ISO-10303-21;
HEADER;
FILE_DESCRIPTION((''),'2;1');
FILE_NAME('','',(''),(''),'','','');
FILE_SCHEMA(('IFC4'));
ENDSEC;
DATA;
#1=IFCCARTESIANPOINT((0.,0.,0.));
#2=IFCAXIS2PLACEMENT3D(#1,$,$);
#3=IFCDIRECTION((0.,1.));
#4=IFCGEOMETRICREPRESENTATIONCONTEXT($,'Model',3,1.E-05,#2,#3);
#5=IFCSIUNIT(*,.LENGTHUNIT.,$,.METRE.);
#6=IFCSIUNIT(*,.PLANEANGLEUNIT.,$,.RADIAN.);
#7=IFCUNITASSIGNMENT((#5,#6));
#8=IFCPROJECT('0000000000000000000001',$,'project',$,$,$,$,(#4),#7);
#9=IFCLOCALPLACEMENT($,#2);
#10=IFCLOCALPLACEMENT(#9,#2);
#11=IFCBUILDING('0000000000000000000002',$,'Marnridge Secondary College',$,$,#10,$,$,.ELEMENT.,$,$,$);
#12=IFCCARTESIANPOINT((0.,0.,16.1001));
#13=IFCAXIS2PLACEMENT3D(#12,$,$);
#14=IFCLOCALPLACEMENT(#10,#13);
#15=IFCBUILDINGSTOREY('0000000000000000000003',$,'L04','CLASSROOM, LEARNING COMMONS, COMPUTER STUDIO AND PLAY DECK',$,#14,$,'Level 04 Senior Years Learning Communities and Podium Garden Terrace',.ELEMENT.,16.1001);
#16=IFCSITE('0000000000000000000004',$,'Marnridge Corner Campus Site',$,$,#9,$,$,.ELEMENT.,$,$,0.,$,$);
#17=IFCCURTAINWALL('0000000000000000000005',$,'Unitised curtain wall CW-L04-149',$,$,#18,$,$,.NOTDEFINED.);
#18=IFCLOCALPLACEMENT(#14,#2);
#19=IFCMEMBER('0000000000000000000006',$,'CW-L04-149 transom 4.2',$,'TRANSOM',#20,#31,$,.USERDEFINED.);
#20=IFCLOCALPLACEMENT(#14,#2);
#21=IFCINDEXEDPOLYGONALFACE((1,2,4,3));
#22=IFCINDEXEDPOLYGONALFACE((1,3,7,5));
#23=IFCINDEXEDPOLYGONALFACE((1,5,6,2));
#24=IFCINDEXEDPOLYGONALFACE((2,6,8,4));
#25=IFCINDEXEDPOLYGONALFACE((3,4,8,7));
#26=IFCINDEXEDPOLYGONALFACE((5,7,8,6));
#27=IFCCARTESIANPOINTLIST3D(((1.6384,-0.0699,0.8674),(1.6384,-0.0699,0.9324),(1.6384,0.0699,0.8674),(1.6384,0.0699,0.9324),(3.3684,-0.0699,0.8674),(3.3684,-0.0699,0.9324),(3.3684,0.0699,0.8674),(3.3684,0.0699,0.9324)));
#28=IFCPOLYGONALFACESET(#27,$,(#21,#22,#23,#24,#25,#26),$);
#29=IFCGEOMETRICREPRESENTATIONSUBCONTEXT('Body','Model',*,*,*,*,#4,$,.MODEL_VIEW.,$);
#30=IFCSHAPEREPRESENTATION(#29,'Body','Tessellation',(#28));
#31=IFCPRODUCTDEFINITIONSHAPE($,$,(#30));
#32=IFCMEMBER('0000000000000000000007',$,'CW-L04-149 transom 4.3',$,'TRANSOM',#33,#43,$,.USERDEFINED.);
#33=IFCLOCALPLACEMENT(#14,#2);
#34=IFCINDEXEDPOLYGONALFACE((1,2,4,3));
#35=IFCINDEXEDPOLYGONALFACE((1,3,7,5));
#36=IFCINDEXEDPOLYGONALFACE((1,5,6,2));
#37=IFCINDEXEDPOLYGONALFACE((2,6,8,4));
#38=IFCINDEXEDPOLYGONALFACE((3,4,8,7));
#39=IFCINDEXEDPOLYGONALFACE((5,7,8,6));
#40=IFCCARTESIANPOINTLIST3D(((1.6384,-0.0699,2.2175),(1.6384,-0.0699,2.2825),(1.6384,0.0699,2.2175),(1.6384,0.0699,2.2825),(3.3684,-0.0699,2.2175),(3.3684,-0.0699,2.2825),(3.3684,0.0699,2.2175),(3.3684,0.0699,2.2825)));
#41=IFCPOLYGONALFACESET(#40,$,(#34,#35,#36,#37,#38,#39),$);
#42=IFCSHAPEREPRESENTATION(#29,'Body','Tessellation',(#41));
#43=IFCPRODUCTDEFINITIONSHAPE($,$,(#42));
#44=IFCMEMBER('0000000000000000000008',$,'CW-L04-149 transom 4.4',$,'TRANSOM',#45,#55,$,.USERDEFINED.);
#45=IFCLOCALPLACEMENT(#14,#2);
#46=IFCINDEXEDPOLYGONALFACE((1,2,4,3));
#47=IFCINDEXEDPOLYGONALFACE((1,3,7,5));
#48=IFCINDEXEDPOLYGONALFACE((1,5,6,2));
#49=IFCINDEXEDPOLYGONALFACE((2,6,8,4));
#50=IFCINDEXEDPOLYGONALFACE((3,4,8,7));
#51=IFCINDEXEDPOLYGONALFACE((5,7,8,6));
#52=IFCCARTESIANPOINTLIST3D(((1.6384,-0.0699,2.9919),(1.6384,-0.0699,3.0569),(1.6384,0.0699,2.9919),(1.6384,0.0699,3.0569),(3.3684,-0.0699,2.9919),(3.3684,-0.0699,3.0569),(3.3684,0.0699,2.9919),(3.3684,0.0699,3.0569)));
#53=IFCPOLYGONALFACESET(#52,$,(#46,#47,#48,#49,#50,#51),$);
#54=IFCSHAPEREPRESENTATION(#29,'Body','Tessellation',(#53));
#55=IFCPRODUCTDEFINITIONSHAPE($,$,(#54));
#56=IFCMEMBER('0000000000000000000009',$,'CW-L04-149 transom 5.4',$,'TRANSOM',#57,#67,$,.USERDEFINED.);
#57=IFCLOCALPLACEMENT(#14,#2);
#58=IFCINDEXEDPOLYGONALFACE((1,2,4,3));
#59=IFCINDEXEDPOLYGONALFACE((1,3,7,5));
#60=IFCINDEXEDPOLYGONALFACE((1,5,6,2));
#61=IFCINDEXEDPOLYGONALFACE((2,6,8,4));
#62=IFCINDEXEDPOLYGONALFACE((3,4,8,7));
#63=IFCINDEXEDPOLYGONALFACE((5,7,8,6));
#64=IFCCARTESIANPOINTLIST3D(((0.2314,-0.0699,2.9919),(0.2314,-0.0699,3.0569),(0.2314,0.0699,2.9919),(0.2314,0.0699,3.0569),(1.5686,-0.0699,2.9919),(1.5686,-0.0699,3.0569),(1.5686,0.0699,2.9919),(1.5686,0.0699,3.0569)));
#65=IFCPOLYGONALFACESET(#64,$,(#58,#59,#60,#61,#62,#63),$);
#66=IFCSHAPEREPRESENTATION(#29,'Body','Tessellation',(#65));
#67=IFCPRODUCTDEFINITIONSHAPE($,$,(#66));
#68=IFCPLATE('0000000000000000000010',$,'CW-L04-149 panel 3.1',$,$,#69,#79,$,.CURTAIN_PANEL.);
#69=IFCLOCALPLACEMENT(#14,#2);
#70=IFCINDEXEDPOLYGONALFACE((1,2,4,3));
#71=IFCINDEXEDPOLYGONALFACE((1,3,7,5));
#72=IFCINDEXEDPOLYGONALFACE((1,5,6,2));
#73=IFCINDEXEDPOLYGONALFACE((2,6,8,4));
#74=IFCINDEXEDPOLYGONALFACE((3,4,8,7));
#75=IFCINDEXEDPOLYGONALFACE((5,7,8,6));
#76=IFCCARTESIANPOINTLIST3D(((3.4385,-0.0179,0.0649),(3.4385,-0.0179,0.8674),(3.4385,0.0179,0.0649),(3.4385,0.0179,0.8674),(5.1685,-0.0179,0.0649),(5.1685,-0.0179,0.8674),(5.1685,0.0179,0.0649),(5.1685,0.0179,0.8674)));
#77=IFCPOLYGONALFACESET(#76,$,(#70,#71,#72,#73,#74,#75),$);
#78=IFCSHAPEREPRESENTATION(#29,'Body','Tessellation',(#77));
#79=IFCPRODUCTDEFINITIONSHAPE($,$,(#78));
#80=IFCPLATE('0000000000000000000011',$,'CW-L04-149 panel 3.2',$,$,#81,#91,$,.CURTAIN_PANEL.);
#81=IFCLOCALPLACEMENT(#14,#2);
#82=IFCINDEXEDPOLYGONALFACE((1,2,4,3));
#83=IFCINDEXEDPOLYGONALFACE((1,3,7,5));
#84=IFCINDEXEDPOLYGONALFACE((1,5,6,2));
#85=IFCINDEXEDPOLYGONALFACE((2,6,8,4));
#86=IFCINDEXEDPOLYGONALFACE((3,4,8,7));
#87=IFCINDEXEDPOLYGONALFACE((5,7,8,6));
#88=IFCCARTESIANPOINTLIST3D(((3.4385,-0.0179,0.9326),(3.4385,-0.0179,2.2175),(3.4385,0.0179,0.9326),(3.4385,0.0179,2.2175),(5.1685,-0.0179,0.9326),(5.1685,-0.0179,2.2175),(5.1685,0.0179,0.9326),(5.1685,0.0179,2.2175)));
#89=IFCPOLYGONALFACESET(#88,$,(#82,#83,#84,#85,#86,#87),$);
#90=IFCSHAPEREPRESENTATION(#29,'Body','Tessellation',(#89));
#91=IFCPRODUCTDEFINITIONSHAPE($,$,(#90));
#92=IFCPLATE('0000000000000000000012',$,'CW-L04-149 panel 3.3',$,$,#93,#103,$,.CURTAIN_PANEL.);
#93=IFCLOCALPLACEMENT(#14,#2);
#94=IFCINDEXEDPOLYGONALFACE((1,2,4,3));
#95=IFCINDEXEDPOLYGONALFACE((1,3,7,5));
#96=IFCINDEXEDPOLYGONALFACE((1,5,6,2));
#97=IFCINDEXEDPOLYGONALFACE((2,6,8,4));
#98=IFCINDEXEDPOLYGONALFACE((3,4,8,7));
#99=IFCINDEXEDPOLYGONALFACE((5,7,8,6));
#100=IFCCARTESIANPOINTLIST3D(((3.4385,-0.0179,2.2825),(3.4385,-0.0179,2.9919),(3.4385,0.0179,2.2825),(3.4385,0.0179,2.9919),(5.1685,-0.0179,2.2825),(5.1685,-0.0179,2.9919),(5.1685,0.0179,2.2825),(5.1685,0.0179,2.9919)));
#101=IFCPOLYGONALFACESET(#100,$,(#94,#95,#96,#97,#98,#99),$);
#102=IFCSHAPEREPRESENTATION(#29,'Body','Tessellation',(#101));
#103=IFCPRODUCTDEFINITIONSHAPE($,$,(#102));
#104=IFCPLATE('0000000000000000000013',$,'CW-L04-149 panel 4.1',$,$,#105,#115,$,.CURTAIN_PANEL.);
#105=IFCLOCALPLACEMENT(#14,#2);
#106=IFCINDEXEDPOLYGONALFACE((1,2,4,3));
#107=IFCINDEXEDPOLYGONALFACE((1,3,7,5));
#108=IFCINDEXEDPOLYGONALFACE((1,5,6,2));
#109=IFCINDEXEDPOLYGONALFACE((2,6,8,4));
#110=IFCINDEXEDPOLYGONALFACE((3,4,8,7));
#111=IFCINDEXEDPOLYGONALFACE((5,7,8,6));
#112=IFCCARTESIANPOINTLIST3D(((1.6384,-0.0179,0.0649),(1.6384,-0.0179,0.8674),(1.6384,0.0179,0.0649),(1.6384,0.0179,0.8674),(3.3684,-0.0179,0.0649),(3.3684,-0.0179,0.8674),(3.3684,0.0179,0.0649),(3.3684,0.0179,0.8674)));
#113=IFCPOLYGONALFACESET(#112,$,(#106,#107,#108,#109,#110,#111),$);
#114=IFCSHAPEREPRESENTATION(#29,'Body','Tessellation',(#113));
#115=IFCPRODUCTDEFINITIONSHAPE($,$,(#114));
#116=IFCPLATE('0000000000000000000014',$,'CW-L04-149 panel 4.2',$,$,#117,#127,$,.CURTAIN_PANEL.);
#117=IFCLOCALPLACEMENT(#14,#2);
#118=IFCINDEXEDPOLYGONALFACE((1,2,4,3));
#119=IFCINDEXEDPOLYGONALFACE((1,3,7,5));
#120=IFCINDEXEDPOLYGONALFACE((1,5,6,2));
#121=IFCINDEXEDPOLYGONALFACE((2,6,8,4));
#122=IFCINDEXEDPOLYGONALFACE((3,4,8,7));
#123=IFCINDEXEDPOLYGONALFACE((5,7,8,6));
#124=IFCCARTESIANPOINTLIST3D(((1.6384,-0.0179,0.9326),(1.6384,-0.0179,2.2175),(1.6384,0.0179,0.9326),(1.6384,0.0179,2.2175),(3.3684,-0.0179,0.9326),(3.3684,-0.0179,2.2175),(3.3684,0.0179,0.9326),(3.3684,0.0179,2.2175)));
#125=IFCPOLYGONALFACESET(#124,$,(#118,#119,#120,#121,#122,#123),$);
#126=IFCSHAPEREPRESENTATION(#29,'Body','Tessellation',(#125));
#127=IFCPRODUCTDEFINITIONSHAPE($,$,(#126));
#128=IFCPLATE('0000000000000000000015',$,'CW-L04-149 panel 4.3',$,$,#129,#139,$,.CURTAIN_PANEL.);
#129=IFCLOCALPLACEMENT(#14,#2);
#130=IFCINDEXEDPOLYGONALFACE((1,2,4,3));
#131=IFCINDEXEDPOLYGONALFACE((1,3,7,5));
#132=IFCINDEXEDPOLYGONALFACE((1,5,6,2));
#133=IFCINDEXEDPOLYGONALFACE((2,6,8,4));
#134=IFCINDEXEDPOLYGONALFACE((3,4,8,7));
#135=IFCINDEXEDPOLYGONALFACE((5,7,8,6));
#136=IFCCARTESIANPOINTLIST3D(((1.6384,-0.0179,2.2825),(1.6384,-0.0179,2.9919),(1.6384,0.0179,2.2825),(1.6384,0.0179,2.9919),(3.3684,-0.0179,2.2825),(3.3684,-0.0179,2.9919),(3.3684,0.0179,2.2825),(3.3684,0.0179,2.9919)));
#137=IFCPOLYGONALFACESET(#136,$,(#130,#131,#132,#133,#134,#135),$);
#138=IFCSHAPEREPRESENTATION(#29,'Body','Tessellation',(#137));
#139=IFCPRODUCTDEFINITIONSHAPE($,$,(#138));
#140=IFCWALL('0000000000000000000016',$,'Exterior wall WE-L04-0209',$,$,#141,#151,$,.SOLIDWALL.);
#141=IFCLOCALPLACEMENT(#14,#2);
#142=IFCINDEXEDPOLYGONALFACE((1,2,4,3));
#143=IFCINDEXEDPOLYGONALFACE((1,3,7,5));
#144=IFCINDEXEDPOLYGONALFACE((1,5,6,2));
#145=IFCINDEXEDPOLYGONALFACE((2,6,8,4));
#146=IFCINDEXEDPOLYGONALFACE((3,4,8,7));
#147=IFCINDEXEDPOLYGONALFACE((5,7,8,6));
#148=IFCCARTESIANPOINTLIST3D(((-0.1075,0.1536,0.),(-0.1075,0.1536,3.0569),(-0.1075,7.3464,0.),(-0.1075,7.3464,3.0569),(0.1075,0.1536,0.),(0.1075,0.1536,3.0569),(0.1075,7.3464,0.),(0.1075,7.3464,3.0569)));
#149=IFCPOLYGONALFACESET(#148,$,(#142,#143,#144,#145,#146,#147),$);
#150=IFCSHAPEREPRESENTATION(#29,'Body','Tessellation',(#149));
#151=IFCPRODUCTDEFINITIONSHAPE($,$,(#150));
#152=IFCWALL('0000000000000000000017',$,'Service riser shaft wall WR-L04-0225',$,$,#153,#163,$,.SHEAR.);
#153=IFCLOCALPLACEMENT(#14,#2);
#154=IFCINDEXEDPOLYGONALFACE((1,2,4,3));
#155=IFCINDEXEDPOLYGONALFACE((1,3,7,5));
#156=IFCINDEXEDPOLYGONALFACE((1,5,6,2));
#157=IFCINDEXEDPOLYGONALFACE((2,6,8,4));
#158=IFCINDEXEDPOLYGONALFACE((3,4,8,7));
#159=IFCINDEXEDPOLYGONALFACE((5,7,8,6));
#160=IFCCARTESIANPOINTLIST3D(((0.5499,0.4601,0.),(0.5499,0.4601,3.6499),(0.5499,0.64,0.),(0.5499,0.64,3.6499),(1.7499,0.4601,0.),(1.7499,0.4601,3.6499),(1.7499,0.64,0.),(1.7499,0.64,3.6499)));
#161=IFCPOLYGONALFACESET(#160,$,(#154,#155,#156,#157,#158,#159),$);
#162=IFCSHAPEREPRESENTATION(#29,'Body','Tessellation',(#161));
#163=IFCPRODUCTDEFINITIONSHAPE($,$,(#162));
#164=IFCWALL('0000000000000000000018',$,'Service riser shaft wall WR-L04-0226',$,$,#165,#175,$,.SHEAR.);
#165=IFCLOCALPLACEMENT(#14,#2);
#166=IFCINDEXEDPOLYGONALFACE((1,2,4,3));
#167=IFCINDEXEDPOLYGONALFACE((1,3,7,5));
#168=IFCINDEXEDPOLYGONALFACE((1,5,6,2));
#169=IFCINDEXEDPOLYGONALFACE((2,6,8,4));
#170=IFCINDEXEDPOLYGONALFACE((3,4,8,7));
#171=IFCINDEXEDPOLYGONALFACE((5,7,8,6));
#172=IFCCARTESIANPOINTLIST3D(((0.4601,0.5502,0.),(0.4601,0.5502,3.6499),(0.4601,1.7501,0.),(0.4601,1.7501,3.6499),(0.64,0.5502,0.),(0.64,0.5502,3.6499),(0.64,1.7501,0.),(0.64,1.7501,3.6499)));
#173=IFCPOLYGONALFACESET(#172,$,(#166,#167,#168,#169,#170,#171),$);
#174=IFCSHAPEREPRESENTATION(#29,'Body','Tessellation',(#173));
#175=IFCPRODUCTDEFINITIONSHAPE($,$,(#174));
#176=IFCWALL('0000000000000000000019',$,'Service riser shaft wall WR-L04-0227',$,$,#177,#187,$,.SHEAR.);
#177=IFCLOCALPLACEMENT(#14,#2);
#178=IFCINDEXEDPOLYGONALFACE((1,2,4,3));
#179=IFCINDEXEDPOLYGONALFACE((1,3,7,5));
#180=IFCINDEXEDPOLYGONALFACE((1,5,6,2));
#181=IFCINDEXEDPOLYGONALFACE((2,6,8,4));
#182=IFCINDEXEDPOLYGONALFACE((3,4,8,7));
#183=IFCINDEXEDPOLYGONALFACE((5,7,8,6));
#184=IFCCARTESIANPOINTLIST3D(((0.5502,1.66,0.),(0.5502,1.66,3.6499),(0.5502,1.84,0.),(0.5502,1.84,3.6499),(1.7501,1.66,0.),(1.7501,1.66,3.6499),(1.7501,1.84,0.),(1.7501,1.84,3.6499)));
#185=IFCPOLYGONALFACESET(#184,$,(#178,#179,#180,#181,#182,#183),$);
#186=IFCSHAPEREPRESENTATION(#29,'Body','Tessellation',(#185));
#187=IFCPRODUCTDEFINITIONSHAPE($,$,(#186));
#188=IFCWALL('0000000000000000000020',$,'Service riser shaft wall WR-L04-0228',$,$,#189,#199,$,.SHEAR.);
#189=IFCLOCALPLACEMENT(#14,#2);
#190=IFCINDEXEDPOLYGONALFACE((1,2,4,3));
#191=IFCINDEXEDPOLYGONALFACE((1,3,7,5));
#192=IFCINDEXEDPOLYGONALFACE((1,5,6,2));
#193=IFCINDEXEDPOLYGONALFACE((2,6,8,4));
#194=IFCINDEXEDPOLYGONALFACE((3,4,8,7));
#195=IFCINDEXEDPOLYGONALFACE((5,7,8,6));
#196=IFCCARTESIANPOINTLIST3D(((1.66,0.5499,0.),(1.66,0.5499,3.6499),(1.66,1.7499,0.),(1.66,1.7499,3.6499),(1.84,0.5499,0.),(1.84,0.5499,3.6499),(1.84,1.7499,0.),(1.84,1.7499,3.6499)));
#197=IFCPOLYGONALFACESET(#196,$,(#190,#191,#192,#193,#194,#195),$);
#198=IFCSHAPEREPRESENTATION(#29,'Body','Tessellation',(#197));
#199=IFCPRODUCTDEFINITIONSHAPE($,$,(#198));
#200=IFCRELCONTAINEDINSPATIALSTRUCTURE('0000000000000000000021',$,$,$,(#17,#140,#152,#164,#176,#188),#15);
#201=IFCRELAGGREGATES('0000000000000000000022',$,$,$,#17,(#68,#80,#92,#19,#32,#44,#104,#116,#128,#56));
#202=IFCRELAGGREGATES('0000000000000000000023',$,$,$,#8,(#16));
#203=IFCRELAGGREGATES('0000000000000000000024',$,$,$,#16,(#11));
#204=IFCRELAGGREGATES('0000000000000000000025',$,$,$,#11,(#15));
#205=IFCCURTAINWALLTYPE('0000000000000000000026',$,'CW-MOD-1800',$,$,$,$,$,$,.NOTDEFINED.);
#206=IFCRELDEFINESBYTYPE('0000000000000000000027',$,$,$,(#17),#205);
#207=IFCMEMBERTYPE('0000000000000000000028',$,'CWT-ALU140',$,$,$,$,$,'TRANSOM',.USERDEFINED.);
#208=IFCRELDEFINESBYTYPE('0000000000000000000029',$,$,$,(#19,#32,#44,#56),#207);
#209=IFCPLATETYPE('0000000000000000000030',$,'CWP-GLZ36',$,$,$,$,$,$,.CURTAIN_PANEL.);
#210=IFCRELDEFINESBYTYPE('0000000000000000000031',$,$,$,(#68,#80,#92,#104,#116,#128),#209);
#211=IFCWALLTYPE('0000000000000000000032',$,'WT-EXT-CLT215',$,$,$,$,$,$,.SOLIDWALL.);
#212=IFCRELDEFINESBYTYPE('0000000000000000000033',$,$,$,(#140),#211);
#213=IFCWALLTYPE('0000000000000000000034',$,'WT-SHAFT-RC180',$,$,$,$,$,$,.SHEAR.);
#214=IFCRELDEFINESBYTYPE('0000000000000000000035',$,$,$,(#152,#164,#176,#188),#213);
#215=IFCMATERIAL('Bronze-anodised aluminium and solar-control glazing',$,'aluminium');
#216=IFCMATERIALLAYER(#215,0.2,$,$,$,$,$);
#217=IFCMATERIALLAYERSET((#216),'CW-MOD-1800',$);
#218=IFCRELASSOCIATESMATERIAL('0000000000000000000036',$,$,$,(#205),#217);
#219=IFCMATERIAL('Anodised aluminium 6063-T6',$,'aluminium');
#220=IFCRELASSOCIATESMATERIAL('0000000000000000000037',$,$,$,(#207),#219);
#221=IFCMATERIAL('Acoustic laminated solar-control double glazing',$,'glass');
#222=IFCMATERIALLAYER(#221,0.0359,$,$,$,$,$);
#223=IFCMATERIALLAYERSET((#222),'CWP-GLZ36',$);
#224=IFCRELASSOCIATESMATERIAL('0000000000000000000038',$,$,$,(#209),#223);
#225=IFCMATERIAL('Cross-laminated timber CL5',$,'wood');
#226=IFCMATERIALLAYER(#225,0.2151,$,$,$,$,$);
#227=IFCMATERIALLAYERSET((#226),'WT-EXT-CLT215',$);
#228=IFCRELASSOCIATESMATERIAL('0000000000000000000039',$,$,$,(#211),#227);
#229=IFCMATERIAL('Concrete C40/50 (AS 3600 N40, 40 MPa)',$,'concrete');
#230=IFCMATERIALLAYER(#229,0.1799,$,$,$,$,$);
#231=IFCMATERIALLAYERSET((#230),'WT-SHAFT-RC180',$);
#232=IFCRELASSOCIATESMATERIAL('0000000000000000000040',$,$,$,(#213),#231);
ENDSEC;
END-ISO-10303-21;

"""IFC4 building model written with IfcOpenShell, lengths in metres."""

from ifc_helpers import new_model, si_unit, direction, frame, frame_2d, origin, origin_2d, place, context, subcontext, project, spatial, rectangle, extrude, material, layer, layer_set, material_profile, profile_set, type_object, element, aggregate, save


model = new_model("IFC4")

# Units and contexts
model_context = context("Model", 3, precision=1e-05, world=origin(), true_north=direction((0.0, 1.0)))
body_context = subcontext(model_context, "Body", "Model", "MODEL_VIEW")
ifc_project = project(units=[si_unit("LENGTHUNIT", "METRE"), si_unit("PLANEANGLEUNIT", "RADIAN")], contexts=[model_context])

# Site, building, storey
site_placement = place(None, origin())
site = spatial("IfcSite", under=ifc_project, at=site_placement, Name="Marnridge Corner Campus Site", CompositionType="ELEMENT", RefElevation=0.0)
building_placement = place(site_placement, origin())
building = spatial("IfcBuilding", under=site, at=building_placement, Name="Marnridge Secondary College", CompositionType="ELEMENT")
storey_placement = place(building_placement, frame((0.0, 0.0, 16.1001)))
storey = spatial("IfcBuildingStorey", under=building, at=storey_placement, Name="L04", Description="CLASSROOM, LEARNING COMMONS, COMPUTER STUDIO AND PLAY DECK", LongName="Level 04 Senior Years Learning Communities and Podium Garden Terrace", CompositionType="ELEMENT", Elevation=16.1001)

# Curtain wall, members, plates
ifc_material_1 = material(Name="Bronze-anodised aluminium and solar-control glazing", Category="aluminium")
ifc_layer_1 = layer(ifc_material_1, 0.2)
ifc_layer_set_1 = layer_set([ifc_layer_1], Name="CW-MOD-1800")
curtain_wall_type = type_object("IfcCurtainWallType", Name="CW-MOD-1800", PredefinedType="NOTDEFINED", material=ifc_layer_set_1)
curtain_wall_placement = place(storey_placement, origin())
curtain_wall = element("IfcCurtainWall", 1, at=curtain_wall_placement, inside=storey, type_object=curtain_wall_type, Name="Unitised curtain wall CW-L04-149", PredefinedType="NOTDEFINED")
ifc_material_2 = material(Name="Anodised aluminium 6063-T6", Category="aluminium")
ifc_material_profile_1 = material_profile(ifc_material_2, rectangle(XDim=0.0649, YDim=0.1399, at=origin_2d()), Name="ALU 65x140")
ifc_profile_set_1 = profile_set([ifc_material_profile_1], Name="Anodised aluminium 6063-T6")
member_type_1 = type_object("IfcMemberType", Name="CWT-ALU140", ElementType="TRANSOM", PredefinedType="USERDEFINED", material=ifc_profile_set_1)
member_1_placement = place(storey_placement, frame((3.3684, 0.0, 0.8999), z_axis=(-1.0, 0.0, 0.0), x_axis=(0.0, 0.0, 1.0)))
member_1 = element("IfcMember", 2, at=member_1_placement, type_object=member_type_1, Name="CW-L04-149 transom 4.2", ObjectType="TRANSOM", PredefinedType="USERDEFINED", context=body_context, shape_type="SweptSolid", body=[
    extrude(rectangle(XDim=0.0649, YDim=0.1399, at=origin_2d()), origin(), (0.0, 0.0, 1.0), 1.73),
])
member_2_placement = place(storey_placement, frame((3.3684, 0.0, 2.25), z_axis=(-1.0, 0.0, 0.0), x_axis=(0.0, 0.0, 1.0)))
member_2 = element("IfcMember", 3, at=member_2_placement, type_object=member_type_1, Name="CW-L04-149 transom 4.3", ObjectType="TRANSOM", PredefinedType="USERDEFINED", context=body_context, shape_type="SweptSolid", body=[
    extrude(rectangle(XDim=0.0649, YDim=0.1399, at=origin_2d()), origin(), (0.0, 0.0, 1.0), 1.73),
])
member_3_placement = place(storey_placement, frame((3.3684, 0.0, 3.0244), z_axis=(-1.0, 0.0, 0.0), x_axis=(0.0, 0.0, 1.0)))
member_3 = element("IfcMember", 4, at=member_3_placement, type_object=member_type_1, Name="CW-L04-149 transom 4.4", ObjectType="TRANSOM", PredefinedType="USERDEFINED", context=body_context, shape_type="SweptSolid", body=[
    extrude(rectangle(XDim=0.0649, YDim=0.1399, at=origin_2d()), origin(), (0.0, 0.0, 1.0), 1.73),
])
member_4_placement = place(storey_placement, frame((1.5686, 0.0, 3.0244), z_axis=(-1.0, 0.0, 0.0), x_axis=(0.0, 0.0, 1.0)))
member_4 = element("IfcMember", 5, at=member_4_placement, type_object=member_type_1, Name="CW-L04-149 transom 5.4", ObjectType="TRANSOM", PredefinedType="USERDEFINED", context=body_context, shape_type="SweptSolid", body=[
    extrude(rectangle(XDim=0.0649, YDim=0.1399, at=origin_2d()), origin(), (0.0, 0.0, 1.0), 1.3372),
])
ifc_material_3 = material(Name="Acoustic laminated solar-control double glazing", Category="glass")
ifc_layer_2 = layer(ifc_material_3, 0.0359)
ifc_layer_set_2 = layer_set([ifc_layer_2], Name="CWP-GLZ36")
plate_type = type_object("IfcPlateType", Name="CWP-GLZ36", PredefinedType="CURTAIN_PANEL", material=ifc_layer_set_2)
plate_1_placement = place(storey_placement, frame((4.3035, 0.0, 0.0649), z_axis=(0.0, 0.0, 1.0), x_axis=(-1.0, 0.0, 0.0)))
plate_1 = element("IfcPlate", 6, at=plate_1_placement, type_object=plate_type, Name="CW-L04-149 panel 3.1", PredefinedType="CURTAIN_PANEL", context=body_context, shape_type="SweptSolid", body=[
    extrude(rectangle(XDim=1.73, YDim=0.0359, at=origin_2d()), origin(), (0.0, 0.0, 1.0), 0.8025),
])
plate_2_placement = place(storey_placement, frame((4.3035, 0.0, 0.9326), z_axis=(0.0, 0.0, 1.0), x_axis=(-1.0, 0.0, 0.0)))
plate_2 = element("IfcPlate", 7, at=plate_2_placement, type_object=plate_type, Name="CW-L04-149 panel 3.2", PredefinedType="CURTAIN_PANEL", context=body_context, shape_type="SweptSolid", body=[
    extrude(rectangle(XDim=1.73, YDim=0.0359, at=origin_2d()), origin(), (0.0, 0.0, 1.0), 1.2849),
])
plate_3_placement = place(storey_placement, frame((4.3035, 0.0, 2.2825), z_axis=(0.0, 0.0, 1.0), x_axis=(-1.0, 0.0, 0.0)))
plate_3 = element("IfcPlate", 8, at=plate_3_placement, type_object=plate_type, Name="CW-L04-149 panel 3.3", PredefinedType="CURTAIN_PANEL", context=body_context, shape_type="SweptSolid", body=[
    extrude(rectangle(XDim=1.73, YDim=0.0359, at=origin_2d()), origin(), (0.0, 0.0, 1.0), 0.7095),
])
plate_4_placement = place(storey_placement, frame((2.5034, 0.0, 0.0649), z_axis=(0.0, 0.0, 1.0), x_axis=(-1.0, 0.0, 0.0)))
plate_4 = element("IfcPlate", 9, at=plate_4_placement, type_object=plate_type, Name="CW-L04-149 panel 4.1", PredefinedType="CURTAIN_PANEL", context=body_context, shape_type="SweptSolid", body=[
    extrude(rectangle(XDim=1.73, YDim=0.0359, at=origin_2d()), origin(), (0.0, 0.0, 1.0), 0.8025),
])
plate_5_placement = place(storey_placement, frame((2.5034, 0.0, 0.9326), z_axis=(0.0, 0.0, 1.0), x_axis=(-1.0, 0.0, 0.0)))
plate_5 = element("IfcPlate", 10, at=plate_5_placement, type_object=plate_type, Name="CW-L04-149 panel 4.2", PredefinedType="CURTAIN_PANEL", context=body_context, shape_type="SweptSolid", body=[
    extrude(rectangle(XDim=1.73, YDim=0.0359, at=origin_2d()), origin(), (0.0, 0.0, 1.0), 1.2849),
])
plate_6_placement = place(storey_placement, frame((2.5034, 0.0, 2.2825), z_axis=(0.0, 0.0, 1.0), x_axis=(-1.0, 0.0, 0.0)))
plate_6 = element("IfcPlate", 11, at=plate_6_placement, type_object=plate_type, Name="CW-L04-149 panel 4.3", PredefinedType="CURTAIN_PANEL", context=body_context, shape_type="SweptSolid", body=[
    extrude(rectangle(XDim=1.73, YDim=0.0359, at=origin_2d()), origin(), (0.0, 0.0, 1.0), 0.7095),
])
aggregate(curtain_wall, [plate_1, plate_2, plate_3, member_1, member_2, member_3, plate_4, plate_5, plate_6, member_4])

# Walls
ifc_material_4 = material(Name="Cross-laminated timber CL5", Category="wood")
ifc_layer_3 = layer(ifc_material_4, 0.2151)
ifc_layer_set_3 = layer_set([ifc_layer_3], Name="WT-EXT-CLT215")
wall_type_1 = type_object("IfcWallType", Name="WT-EXT-CLT215", PredefinedType="SOLIDWALL", material=ifc_layer_set_3)
wall_placement = place(storey_placement, frame((0.0, 0.1536, 0.0), z_axis=(0.0, 0.0, 1.0), x_axis=(0.0, 1.0, 0.0)))
element("IfcWall", 12, at=wall_placement, inside=storey, type_object=wall_type_1, Name="Exterior wall WE-L04-0209", PredefinedType="SOLIDWALL", context=body_context, shape_type="SweptSolid", body=[
    extrude(rectangle(XDim=7.1929, YDim=0.2151, at=frame_2d((3.5964, 0.0))), origin(), (0.0, 0.0, 1.0), 3.0569),
])
ifc_material_5 = material(Name="Concrete C40/50 (AS 3600 N40, 40 MPa)", Category="concrete")
ifc_layer_4 = layer(ifc_material_5, 0.1799)
ifc_layer_set_4 = layer_set([ifc_layer_4], Name="WT-SHAFT-RC180")
wall_type_2 = type_object("IfcWallType", Name="WT-SHAFT-RC180", PredefinedType="SHEAR", material=ifc_layer_set_4)
for number, where, z_axis, x_axis, name in (
    (13, (1.75, 0.55, 0.0), (0.0, 0.0, 1.0), (-1.0, 0.0, 0.0), "Service riser shaft wall WR-L04-0225"),
    (14, (0.55, 0.55, 0.0), (0.0, 0.0, 1.0), (0.0, 1.0, 0.0), "Service riser shaft wall WR-L04-0226"),
    (15, (0.55, 1.75, 0.0), (0.0, 0.0, 1.0), (1.0, 0.0, 0.0), "Service riser shaft wall WR-L04-0227"),
    (16, (1.75, 1.75, 0.0), (0.0, 0.0, 1.0), (0.0, -1.0, 0.0), "Service riser shaft wall WR-L04-0228"),
):
    element("IfcWall", number, at=place(storey_placement, frame(where, z_axis=z_axis, x_axis=x_axis)), inside=storey, type_object=wall_type_2, Name=name, PredefinedType="SHEAR", context=body_context, shape_type="SweptSolid", body=[
        extrude(rectangle(XDim=1.2, YDim=0.1799, at=frame_2d((0.6001, 0.0))), origin(), (0.0, 0.0, 1.0), 3.6499),
    ])

save(model, "model.ifc")
